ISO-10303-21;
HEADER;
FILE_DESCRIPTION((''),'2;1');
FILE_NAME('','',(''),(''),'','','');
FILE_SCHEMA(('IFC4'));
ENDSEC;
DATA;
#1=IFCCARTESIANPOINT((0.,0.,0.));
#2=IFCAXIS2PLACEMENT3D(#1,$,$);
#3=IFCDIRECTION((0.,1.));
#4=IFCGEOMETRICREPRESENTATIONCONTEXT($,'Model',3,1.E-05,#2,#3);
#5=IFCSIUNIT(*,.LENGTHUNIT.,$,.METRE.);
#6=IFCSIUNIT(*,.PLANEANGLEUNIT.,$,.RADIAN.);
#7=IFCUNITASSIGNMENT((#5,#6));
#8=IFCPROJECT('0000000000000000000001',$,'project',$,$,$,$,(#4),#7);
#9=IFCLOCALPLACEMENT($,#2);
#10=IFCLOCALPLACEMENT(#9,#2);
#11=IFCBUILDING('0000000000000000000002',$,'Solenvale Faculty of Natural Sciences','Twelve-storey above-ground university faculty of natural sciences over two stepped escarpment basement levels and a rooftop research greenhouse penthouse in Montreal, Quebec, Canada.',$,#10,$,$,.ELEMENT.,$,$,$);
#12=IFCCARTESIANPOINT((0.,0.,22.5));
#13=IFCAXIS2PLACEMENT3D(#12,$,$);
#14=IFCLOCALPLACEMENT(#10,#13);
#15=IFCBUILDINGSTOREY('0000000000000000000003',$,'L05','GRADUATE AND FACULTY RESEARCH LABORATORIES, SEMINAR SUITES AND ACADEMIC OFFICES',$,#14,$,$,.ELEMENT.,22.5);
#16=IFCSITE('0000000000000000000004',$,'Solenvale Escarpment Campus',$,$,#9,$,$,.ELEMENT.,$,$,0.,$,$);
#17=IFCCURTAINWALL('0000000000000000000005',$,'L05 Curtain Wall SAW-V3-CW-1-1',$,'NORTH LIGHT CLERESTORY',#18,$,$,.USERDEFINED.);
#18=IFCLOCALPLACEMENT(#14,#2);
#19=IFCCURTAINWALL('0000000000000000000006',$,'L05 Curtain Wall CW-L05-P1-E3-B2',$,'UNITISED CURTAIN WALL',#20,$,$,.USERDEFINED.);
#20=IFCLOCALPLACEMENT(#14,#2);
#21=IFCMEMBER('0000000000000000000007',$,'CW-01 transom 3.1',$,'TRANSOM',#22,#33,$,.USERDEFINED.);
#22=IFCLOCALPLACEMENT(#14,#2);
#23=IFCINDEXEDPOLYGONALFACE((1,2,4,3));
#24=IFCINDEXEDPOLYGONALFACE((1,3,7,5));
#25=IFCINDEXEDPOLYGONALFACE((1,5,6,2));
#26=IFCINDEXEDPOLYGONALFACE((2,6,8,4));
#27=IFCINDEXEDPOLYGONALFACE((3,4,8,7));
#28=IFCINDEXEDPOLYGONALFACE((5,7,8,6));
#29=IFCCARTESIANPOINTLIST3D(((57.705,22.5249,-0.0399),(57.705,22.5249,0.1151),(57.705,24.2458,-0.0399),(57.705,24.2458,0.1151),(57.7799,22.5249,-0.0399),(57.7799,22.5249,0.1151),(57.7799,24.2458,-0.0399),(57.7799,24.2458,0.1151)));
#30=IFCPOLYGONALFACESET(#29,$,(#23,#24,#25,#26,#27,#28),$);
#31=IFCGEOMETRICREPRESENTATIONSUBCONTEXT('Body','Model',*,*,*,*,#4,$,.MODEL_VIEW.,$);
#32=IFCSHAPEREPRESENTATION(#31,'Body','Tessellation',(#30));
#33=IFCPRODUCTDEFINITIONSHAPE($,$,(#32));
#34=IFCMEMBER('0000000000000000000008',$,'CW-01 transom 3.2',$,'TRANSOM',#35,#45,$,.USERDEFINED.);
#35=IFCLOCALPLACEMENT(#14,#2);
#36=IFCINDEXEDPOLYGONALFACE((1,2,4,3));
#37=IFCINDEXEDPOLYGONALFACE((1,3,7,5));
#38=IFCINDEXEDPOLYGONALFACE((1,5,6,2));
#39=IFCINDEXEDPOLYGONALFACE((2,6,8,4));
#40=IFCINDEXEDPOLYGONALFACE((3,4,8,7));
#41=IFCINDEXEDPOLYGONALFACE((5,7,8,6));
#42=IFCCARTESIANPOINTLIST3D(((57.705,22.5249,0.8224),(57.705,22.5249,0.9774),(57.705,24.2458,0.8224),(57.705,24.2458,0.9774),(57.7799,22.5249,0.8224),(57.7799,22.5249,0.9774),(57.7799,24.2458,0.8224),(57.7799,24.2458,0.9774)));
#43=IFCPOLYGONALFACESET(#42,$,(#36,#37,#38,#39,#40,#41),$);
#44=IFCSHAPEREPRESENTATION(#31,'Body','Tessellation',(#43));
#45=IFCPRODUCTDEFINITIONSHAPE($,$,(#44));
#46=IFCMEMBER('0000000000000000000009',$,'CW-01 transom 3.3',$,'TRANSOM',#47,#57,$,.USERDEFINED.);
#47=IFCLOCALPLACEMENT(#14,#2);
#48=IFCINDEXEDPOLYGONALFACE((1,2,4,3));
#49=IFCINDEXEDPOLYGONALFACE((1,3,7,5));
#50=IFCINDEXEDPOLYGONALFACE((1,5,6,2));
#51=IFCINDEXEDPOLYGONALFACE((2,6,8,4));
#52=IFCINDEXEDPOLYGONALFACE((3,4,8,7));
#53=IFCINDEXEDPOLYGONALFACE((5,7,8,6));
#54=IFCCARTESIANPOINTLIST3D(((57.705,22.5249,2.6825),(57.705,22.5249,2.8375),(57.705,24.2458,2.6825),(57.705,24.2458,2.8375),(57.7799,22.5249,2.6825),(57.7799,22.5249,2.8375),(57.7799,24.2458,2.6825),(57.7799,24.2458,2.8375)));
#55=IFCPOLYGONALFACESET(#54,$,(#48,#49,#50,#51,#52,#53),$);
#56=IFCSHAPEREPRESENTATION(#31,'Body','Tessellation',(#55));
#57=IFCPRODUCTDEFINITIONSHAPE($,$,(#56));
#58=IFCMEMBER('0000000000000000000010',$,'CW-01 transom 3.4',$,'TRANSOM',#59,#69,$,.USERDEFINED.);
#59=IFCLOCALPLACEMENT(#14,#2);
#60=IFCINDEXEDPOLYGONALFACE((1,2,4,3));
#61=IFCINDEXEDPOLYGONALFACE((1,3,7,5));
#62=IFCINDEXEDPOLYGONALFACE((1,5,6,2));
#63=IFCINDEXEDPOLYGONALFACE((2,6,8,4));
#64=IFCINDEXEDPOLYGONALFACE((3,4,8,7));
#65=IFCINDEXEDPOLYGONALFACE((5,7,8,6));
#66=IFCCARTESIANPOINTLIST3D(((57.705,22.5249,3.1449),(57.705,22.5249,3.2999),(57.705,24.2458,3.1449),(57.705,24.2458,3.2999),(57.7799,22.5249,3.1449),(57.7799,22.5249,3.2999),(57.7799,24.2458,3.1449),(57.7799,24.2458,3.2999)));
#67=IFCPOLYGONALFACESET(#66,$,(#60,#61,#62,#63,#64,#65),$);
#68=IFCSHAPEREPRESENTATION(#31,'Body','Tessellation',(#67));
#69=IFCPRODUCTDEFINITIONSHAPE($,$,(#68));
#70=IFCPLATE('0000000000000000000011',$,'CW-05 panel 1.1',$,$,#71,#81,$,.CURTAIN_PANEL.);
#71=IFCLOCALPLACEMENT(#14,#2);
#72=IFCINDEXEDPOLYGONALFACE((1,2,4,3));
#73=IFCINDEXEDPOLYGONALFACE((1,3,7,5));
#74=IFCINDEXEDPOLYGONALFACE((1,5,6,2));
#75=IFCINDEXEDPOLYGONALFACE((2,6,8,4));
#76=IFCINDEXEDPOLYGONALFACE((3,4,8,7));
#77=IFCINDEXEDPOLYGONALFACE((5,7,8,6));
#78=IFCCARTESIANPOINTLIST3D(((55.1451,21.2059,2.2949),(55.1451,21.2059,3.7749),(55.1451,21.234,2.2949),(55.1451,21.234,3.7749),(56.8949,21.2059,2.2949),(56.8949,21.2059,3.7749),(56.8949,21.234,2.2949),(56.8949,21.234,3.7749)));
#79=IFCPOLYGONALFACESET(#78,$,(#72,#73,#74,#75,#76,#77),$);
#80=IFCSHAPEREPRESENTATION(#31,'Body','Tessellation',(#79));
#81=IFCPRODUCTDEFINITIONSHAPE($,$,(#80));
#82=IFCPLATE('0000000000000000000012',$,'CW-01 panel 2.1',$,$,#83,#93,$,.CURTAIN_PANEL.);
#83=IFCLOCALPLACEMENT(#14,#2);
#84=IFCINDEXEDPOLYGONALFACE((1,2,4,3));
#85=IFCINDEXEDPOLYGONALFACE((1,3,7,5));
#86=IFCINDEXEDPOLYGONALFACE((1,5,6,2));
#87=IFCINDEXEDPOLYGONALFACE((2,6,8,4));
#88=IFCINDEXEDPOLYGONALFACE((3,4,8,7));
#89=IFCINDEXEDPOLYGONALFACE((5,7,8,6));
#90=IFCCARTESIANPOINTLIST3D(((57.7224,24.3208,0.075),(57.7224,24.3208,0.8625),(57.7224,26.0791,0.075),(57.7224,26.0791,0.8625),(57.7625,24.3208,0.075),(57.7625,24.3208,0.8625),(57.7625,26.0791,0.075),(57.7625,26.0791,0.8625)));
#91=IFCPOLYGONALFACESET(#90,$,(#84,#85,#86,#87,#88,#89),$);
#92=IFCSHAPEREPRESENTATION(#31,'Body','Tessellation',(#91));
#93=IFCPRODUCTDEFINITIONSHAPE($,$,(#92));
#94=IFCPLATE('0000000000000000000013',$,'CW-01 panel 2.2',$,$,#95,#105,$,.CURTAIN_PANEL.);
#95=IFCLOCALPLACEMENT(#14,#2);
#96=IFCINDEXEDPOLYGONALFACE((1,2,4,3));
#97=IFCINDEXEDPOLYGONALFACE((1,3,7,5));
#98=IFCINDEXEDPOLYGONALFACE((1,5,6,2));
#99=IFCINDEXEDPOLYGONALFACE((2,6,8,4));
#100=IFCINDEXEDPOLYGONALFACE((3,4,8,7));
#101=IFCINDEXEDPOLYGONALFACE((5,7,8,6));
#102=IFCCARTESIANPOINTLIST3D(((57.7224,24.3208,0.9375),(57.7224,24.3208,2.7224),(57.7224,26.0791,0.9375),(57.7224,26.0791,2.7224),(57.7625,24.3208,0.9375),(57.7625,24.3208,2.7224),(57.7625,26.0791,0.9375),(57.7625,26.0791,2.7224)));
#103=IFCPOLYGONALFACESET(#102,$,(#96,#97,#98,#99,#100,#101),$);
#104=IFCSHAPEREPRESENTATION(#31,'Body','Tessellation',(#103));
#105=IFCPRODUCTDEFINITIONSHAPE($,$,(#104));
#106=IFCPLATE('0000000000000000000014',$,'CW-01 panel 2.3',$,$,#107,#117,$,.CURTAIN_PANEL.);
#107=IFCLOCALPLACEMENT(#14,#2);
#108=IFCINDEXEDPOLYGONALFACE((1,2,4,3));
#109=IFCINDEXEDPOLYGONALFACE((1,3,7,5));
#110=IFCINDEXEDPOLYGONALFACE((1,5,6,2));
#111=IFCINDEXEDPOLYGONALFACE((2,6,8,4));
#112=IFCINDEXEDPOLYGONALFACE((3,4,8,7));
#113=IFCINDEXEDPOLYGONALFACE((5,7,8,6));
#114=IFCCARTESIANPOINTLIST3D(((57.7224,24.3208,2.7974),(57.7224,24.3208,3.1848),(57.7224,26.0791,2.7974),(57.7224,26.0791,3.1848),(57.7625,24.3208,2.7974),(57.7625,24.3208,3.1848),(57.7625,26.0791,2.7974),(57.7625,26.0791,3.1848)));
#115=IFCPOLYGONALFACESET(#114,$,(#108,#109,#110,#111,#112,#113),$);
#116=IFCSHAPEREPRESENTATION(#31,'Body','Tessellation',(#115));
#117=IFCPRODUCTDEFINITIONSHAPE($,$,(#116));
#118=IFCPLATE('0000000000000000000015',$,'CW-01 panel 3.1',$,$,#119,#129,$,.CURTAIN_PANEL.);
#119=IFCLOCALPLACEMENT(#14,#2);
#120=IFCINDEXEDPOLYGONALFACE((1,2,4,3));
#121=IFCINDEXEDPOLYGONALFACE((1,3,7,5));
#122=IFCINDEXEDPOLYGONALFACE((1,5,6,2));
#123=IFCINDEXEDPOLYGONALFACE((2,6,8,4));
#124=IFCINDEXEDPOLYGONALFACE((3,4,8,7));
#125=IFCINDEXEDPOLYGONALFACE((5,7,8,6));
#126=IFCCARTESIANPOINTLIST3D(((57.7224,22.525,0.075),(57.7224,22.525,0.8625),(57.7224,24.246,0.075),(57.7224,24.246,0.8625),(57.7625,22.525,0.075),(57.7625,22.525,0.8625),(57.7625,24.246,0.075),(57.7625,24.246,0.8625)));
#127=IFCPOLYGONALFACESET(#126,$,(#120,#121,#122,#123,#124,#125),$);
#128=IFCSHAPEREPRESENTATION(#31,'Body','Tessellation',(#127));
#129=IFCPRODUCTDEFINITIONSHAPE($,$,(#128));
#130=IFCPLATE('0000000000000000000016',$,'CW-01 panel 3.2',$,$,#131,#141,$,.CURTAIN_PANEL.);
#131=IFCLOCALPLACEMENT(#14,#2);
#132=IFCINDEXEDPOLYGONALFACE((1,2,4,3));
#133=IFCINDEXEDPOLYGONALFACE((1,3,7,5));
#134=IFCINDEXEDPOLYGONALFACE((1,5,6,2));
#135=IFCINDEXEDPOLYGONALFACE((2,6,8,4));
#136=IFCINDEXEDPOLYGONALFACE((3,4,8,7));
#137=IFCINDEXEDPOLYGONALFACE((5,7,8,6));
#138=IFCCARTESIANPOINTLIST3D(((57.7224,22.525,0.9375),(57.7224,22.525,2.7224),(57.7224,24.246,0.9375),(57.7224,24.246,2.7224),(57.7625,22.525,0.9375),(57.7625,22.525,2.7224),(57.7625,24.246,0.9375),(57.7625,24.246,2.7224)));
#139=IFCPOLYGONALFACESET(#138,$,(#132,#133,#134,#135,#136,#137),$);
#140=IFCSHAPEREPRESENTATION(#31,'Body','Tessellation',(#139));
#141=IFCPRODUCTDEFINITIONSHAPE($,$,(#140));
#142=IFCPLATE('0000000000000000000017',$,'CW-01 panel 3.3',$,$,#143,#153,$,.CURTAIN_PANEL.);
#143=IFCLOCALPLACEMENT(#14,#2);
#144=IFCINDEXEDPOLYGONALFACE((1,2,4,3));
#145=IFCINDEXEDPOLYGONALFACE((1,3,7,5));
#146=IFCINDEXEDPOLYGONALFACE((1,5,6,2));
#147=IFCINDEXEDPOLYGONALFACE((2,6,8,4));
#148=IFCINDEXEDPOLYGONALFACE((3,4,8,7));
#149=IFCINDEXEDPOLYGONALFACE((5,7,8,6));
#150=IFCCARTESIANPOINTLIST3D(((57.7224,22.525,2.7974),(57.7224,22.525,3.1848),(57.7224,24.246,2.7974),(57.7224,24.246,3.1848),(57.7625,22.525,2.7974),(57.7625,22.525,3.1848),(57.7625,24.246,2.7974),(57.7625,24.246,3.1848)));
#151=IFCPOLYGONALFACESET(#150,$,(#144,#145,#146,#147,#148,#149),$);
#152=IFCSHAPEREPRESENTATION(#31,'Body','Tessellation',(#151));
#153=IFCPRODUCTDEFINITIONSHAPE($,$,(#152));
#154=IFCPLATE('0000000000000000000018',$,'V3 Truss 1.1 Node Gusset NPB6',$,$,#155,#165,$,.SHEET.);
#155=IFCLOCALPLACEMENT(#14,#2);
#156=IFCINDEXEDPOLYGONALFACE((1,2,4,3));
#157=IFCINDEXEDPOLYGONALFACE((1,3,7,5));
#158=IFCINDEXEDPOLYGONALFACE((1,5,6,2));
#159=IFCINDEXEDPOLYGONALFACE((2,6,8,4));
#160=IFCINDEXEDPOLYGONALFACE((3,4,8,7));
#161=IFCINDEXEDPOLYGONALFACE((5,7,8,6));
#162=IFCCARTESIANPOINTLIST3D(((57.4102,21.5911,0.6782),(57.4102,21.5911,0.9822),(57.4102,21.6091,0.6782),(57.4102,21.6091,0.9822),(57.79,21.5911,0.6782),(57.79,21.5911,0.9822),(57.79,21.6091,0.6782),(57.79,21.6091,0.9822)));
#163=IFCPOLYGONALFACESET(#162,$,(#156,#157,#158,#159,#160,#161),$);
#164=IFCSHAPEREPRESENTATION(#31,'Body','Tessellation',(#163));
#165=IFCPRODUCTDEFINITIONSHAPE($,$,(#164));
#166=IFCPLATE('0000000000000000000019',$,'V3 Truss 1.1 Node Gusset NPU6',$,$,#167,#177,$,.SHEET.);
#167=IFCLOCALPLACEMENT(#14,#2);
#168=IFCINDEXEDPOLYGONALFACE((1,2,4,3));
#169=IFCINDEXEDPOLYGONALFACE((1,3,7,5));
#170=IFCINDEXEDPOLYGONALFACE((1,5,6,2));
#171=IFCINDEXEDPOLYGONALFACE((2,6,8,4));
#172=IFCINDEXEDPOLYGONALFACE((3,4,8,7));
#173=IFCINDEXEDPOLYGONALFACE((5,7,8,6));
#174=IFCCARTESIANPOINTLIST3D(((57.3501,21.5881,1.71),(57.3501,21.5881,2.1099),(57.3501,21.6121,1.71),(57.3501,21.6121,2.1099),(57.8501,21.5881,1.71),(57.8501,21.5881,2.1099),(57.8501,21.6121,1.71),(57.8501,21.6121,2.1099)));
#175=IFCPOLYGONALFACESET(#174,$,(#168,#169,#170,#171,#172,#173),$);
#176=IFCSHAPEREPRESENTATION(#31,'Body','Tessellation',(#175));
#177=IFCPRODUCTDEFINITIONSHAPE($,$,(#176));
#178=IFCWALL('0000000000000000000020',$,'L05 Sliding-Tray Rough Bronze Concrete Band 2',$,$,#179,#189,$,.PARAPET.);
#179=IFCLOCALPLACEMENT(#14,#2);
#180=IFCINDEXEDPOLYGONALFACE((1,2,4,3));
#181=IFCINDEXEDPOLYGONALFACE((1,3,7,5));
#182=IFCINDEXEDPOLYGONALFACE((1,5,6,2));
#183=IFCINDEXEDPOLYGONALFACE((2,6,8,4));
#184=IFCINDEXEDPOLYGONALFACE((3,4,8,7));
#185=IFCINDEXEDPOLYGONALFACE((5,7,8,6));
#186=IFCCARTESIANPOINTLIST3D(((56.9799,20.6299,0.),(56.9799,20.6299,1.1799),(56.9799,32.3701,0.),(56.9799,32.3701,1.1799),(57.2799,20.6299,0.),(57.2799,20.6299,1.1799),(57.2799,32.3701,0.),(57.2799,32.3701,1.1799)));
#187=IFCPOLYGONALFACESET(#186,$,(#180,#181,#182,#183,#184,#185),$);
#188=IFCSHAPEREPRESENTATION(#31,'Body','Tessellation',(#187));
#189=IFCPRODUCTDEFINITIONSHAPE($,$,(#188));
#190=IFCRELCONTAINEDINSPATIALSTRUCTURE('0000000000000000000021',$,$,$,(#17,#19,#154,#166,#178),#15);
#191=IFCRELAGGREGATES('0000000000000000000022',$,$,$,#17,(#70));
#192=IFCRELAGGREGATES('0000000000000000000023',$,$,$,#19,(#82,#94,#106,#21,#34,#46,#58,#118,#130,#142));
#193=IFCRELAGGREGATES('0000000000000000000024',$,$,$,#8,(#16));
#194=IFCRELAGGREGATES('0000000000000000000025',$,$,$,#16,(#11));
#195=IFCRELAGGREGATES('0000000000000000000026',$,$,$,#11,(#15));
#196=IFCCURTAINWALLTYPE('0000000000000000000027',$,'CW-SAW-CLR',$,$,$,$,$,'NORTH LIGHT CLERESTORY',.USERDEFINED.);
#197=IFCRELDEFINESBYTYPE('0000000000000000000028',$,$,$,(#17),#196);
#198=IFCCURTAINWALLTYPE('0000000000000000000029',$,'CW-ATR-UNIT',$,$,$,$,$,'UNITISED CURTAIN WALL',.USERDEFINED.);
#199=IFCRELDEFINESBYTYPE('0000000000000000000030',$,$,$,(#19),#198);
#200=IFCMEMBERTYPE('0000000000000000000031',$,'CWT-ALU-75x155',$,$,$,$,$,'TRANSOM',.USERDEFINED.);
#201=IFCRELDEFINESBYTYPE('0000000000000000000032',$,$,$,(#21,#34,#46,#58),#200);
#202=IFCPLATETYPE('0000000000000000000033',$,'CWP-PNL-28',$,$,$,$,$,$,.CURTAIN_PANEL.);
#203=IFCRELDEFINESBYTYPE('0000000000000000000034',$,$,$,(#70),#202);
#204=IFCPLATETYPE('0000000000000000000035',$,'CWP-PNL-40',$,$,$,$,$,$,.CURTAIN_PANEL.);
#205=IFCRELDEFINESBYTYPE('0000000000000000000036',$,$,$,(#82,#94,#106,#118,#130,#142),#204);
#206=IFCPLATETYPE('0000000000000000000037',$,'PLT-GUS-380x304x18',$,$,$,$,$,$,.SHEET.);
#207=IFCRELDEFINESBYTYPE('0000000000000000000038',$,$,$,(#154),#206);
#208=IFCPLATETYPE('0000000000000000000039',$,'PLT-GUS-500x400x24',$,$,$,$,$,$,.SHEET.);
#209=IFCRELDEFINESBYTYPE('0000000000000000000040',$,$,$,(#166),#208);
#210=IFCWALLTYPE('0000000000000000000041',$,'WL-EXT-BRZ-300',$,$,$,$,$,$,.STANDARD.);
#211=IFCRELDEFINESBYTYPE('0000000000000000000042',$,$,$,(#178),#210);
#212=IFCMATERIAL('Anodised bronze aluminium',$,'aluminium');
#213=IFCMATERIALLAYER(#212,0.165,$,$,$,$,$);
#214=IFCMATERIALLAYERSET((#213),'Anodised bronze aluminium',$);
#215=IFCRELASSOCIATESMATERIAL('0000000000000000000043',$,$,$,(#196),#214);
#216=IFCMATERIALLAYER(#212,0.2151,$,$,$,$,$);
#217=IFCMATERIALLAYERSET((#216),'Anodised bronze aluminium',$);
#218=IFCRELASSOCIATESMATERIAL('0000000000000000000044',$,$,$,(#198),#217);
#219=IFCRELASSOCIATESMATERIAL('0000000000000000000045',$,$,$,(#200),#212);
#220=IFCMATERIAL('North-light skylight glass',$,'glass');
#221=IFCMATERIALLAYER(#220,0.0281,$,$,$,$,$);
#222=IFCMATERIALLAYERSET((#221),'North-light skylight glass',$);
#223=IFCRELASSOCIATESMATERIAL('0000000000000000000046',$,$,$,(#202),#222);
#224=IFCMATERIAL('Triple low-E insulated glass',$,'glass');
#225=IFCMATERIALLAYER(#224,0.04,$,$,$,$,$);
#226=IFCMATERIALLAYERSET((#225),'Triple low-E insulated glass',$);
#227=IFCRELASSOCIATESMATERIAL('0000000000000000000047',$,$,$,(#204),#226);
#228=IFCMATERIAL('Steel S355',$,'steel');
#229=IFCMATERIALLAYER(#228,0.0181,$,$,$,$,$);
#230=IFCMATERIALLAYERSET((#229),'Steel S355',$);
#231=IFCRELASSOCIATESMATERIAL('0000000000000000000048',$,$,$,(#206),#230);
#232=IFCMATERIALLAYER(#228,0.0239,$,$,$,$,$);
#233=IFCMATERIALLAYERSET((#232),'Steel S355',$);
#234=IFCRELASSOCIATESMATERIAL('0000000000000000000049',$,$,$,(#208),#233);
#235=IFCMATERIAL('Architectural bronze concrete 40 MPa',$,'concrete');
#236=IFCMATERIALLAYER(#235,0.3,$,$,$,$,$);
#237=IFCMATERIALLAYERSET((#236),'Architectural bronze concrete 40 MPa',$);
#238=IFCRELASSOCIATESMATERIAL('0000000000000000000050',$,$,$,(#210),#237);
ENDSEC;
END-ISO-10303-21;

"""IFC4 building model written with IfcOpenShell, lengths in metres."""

from ifc_helpers import new_model, si_unit, direction, frame, frame_2d, origin, origin_2d, place, context, subcontext, project, spatial, rectangle, extrude, material, layer, layer_set, material_profile, profile_set, type_object, element, aggregate, save


model = new_model("IFC4")

# Units and contexts
model_context = context("Model", 3, precision=1e-05, world=origin(), true_north=direction((0.0, 1.0)))
body_context = subcontext(model_context, "Body", "Model", "MODEL_VIEW")
ifc_project = project(units=[si_unit("LENGTHUNIT", "METRE"), si_unit("PLANEANGLEUNIT", "RADIAN")], contexts=[model_context])

# Site, building, storey
site_placement = place(None, origin())
site = spatial("IfcSite", under=ifc_project, at=site_placement, Name="Solenvale Escarpment Campus", CompositionType="ELEMENT", RefElevation=0.0)
building_placement = place(site_placement, origin())
building = spatial("IfcBuilding", under=site, at=building_placement, Name="Solenvale Faculty of Natural Sciences", Description="Twelve-storey above-ground university faculty of natural sciences over two stepped escarpment basement levels and a rooftop research greenhouse penthouse in Montreal, Quebec, Canada.", CompositionType="ELEMENT")
storey_placement = place(building_placement, frame((0.0, 0.0, 22.5)))
storey = spatial("IfcBuildingStorey", under=building, at=storey_placement, Name="L05", Description="GRADUATE AND FACULTY RESEARCH LABORATORIES, SEMINAR SUITES AND ACADEMIC OFFICES", CompositionType="ELEMENT", Elevation=22.5)

# Shared definitions
ifc_material_1 = material(Name="Steel S355", Category="steel")

# Shared definitions
ifc_material_2 = material(Name="Architectural bronze concrete 40 MPa", Category="concrete")

# Curtain walls
ifc_material_3 = material(Name="Anodised bronze aluminium", Category="aluminium")
ifc_layer_1 = layer(ifc_material_3, 0.165)
ifc_layer_set_1 = layer_set([ifc_layer_1], Name="Anodised bronze aluminium")
curtain_wall_type_1 = type_object("IfcCurtainWallType", Name="CW-SAW-CLR", ElementType="NORTH LIGHT CLERESTORY", PredefinedType="USERDEFINED", material=ifc_layer_set_1)
curtain_wall_1_placement = place(storey_placement, origin())
curtain_wall_1 = element("IfcCurtainWall", 1, at=curtain_wall_1_placement, inside=storey, type_object=curtain_wall_type_1, Name="L05 Curtain Wall SAW-V3-CW-1-1", ObjectType="NORTH LIGHT CLERESTORY", PredefinedType="USERDEFINED")
ifc_layer_2 = layer(ifc_material_3, 0.2151)
ifc_layer_set_2 = layer_set([ifc_layer_2], Name="Anodised bronze aluminium")
curtain_wall_type_2 = type_object("IfcCurtainWallType", Name="CW-ATR-UNIT", ElementType="UNITISED CURTAIN WALL", PredefinedType="USERDEFINED", material=ifc_layer_set_2)
curtain_wall_2_placement = place(storey_placement, origin())
curtain_wall_2 = element("IfcCurtainWall", 2, at=curtain_wall_2_placement, inside=storey, type_object=curtain_wall_type_2, Name="L05 Curtain Wall CW-L05-P1-E3-B2", ObjectType="UNITISED CURTAIN WALL", PredefinedType="USERDEFINED")

# Members
ifc_material_profile_1 = material_profile(ifc_material_3, rectangle(XDim=0.075, YDim=0.155, at=origin_2d()), Name="ALU-TRN-75x155")
ifc_profile_set_1 = profile_set([ifc_material_profile_1], Name="Anodised bronze aluminium")
member_type_1 = type_object("IfcMemberType", Name="CWT-ALU-75x155", ElementType="TRANSOM", PredefinedType="USERDEFINED", material=ifc_profile_set_1)
member_1_placement = place(storey_placement, frame((57.7424, 24.2458, 0.0376), z_axis=(0.0, -1.0, 0.0), x_axis=(1.0, 0.0, 0.0)))
member_1 = element("IfcMember", 3, at=member_1_placement, type_object=member_type_1, Name="CW-01 transom 3.1", ObjectType="TRANSOM", PredefinedType="USERDEFINED", context=body_context, shape_type="SweptSolid", body=[
    extrude(rectangle(XDim=0.075, YDim=0.155, at=origin_2d()), origin(), (0.0, 0.0, 1.0), 1.7209),
])
member_2_placement = place(storey_placement, frame((57.7424, 24.2458, 0.8999), z_axis=(0.0, -1.0, 0.0), x_axis=(1.0, 0.0, 0.0)))
member_2 = element("IfcMember", 4, at=member_2_placement, type_object=member_type_1, Name="CW-01 transom 3.2", ObjectType="TRANSOM", PredefinedType="USERDEFINED", context=body_context, shape_type="SweptSolid", body=[
    extrude(rectangle(XDim=0.075, YDim=0.155, at=origin_2d()), origin(), (0.0, 0.0, 1.0), 1.7209),
])
member_3_placement = place(storey_placement, frame((57.7424, 24.2458, 2.76), z_axis=(0.0, -1.0, 0.0), x_axis=(1.0, 0.0, 0.0)))
member_3 = element("IfcMember", 5, at=member_3_placement, type_object=member_type_1, Name="CW-01 transom 3.3", ObjectType="TRANSOM", PredefinedType="USERDEFINED", context=body_context, shape_type="SweptSolid", body=[
    extrude(rectangle(XDim=0.075, YDim=0.155, at=origin_2d()), origin(), (0.0, 0.0, 1.0), 1.7209),
])
member_4_placement = place(storey_placement, frame((57.7424, 24.2458, 3.2224), z_axis=(0.0, -1.0, 0.0), x_axis=(1.0, 0.0, 0.0)))
member_4 = element("IfcMember", 6, at=member_4_placement, type_object=member_type_1, Name="CW-01 transom 3.4", ObjectType="TRANSOM", PredefinedType="USERDEFINED", context=body_context, shape_type="SweptSolid", body=[
    extrude(rectangle(XDim=0.075, YDim=0.155, at=origin_2d()), origin(), (0.0, 0.0, 1.0), 1.7209),
])

# Plates
ifc_material_4 = material(Name="North-light skylight glass", Category="glass")
ifc_layer_3 = layer(ifc_material_4, 0.0281)
ifc_layer_set_3 = layer_set([ifc_layer_3], Name="North-light skylight glass")
plate_type_1 = type_object("IfcPlateType", Name="CWP-PNL-28", PredefinedType="CURTAIN_PANEL", material=ifc_layer_set_3)
plate_1_placement = place(storey_placement, frame((56.02, 21.22, 2.2949), z_axis=(0.0, 0.0, 1.0), x_axis=(-1.0, 0.0, 0.0)))
plate_1 = element("IfcPlate", 7, at=plate_1_placement, type_object=plate_type_1, Name="CW-05 panel 1.1", PredefinedType="CURTAIN_PANEL", context=body_context, shape_type="SweptSolid", body=[
    extrude(rectangle(XDim=1.7498, YDim=0.0281, at=origin_2d()), origin(), (0.0, 0.0, 1.0), 1.48),
])
aggregate(curtain_wall_1, [plate_1])
ifc_material_5 = material(Name="Triple low-E insulated glass", Category="glass")
ifc_layer_4 = layer(ifc_material_5, 0.04)
ifc_layer_set_4 = layer_set([ifc_layer_4], Name="Triple low-E insulated glass")
plate_type_2 = type_object("IfcPlateType", Name="CWP-PNL-40", PredefinedType="CURTAIN_PANEL", material=ifc_layer_set_4)
plate_2_placement = place(storey_placement, frame((57.7424, 25.2, 0.075), z_axis=(0.0, 0.0, 1.0), x_axis=(0.0, -1.0, 0.0)))
plate_2 = element("IfcPlate", 8, at=plate_2_placement, type_object=plate_type_2, Name="CW-01 panel 2.1", PredefinedType="CURTAIN_PANEL", context=body_context, shape_type="SweptSolid", body=[
    extrude(rectangle(XDim=1.7583, YDim=0.04, at=origin_2d()), origin(), (0.0, 0.0, 1.0), 0.7876),
])
plate_3_placement = place(storey_placement, frame((57.7424, 25.2, 0.9375), z_axis=(0.0, 0.0, 1.0), x_axis=(0.0, -1.0, 0.0)))
plate_3 = element("IfcPlate", 9, at=plate_3_placement, type_object=plate_type_2, Name="CW-01 panel 2.2", PredefinedType="CURTAIN_PANEL", context=body_context, shape_type="SweptSolid", body=[
    extrude(rectangle(XDim=1.7583, YDim=0.04, at=origin_2d()), origin(), (0.0, 0.0, 1.0), 1.7849),
])
plate_4_placement = place(storey_placement, frame((57.7424, 25.2, 2.7974), z_axis=(0.0, 0.0, 1.0), x_axis=(0.0, -1.0, 0.0)))
plate_4 = element("IfcPlate", 10, at=plate_4_placement, type_object=plate_type_2, Name="CW-01 panel 2.3", PredefinedType="CURTAIN_PANEL", context=body_context, shape_type="SweptSolid", body=[
    extrude(rectangle(XDim=1.7583, YDim=0.04, at=origin_2d()), origin(), (0.0, 0.0, 1.0), 0.3875),
])
plate_5_placement = place(storey_placement, frame((57.7424, 23.3855, 0.075), z_axis=(0.0, 0.0, 1.0), x_axis=(0.0, -1.0, 0.0)))
plate_5 = element("IfcPlate", 11, at=plate_5_placement, type_object=plate_type_2, Name="CW-01 panel 3.1", PredefinedType="CURTAIN_PANEL", context=body_context, shape_type="SweptSolid", body=[
    extrude(rectangle(XDim=1.7209, YDim=0.04, at=origin_2d()), origin(), (0.0, 0.0, 1.0), 0.7876),
])
plate_6_placement = place(storey_placement, frame((57.7424, 23.3855, 0.9375), z_axis=(0.0, 0.0, 1.0), x_axis=(0.0, -1.0, 0.0)))
plate_6 = element("IfcPlate", 12, at=plate_6_placement, type_object=plate_type_2, Name="CW-01 panel 3.2", PredefinedType="CURTAIN_PANEL", context=body_context, shape_type="SweptSolid", body=[
    extrude(rectangle(XDim=1.7209, YDim=0.04, at=origin_2d()), origin(), (0.0, 0.0, 1.0), 1.7849),
])
plate_7_placement = place(storey_placement, frame((57.7424, 23.3855, 2.7974), z_axis=(0.0, 0.0, 1.0), x_axis=(0.0, -1.0, 0.0)))
plate_7 = element("IfcPlate", 13, at=plate_7_placement, type_object=plate_type_2, Name="CW-01 panel 3.3", PredefinedType="CURTAIN_PANEL", context=body_context, shape_type="SweptSolid", body=[
    extrude(rectangle(XDim=1.7209, YDim=0.04, at=origin_2d()), origin(), (0.0, 0.0, 1.0), 0.3875),
])
aggregate(curtain_wall_2, [plate_2, plate_3, plate_4, member_1, member_2, member_3, member_4, plate_5, plate_6, plate_7])

# Plates
ifc_layer_5 = layer(ifc_material_1, 0.0181)
ifc_layer_set_5 = layer_set([ifc_layer_5], Name="Steel S355")
plate_type_3 = type_object("IfcPlateType", Name="PLT-GUS-380x304x18", PredefinedType="SHEET", material=ifc_layer_set_5)
plate_8_placement = place(storey_placement, frame((57.6001, 21.6001, 0.6782), z_axis=(0.0, 0.0, 1.0), x_axis=(1.0, 0.0, 0.0)))
element("IfcPlate", 14, at=plate_8_placement, inside=storey, type_object=plate_type_3, Name="V3 Truss 1.1 Node Gusset NPB6", PredefinedType="SHEET", context=body_context, shape_type="SweptSolid", body=[
    extrude(rectangle(XDim=0.3799, YDim=0.0181, at=origin_2d()), origin(), (0.0, 0.0, 1.0), 0.304),
])
ifc_layer_6 = layer(ifc_material_1, 0.0239)
ifc_layer_set_6 = layer_set([ifc_layer_6], Name="Steel S355")
plate_type_4 = type_object("IfcPlateType", Name="PLT-GUS-500x400x24", PredefinedType="SHEET", material=ifc_layer_set_6)
plate_9_placement = place(storey_placement, frame((57.6001, 21.6001, 1.71), z_axis=(0.0, 0.0, 1.0), x_axis=(1.0, 0.0, 0.0)))
element("IfcPlate", 15, at=plate_9_placement, inside=storey, type_object=plate_type_4, Name="V3 Truss 1.1 Node Gusset NPU6", PredefinedType="SHEET", context=body_context, shape_type="SweptSolid", body=[
    extrude(rectangle(XDim=0.5, YDim=0.0239, at=origin_2d()), origin(), (0.0, 0.0, 1.0), 0.3999),
])

# Wall
ifc_layer_7 = layer(ifc_material_2, 0.3)
ifc_layer_set_7 = layer_set([ifc_layer_7], Name="Architectural bronze concrete 40 MPa")
wall_type_1 = type_object("IfcWallType", Name="WL-EXT-BRZ-300", PredefinedType="STANDARD", material=ifc_layer_set_7)
wall_1_placement = place(storey_placement, frame((57.1299, 20.6299, 0.0), z_axis=(0.0, 0.0, 1.0), x_axis=(0.0, 1.0, 0.0)))
element("IfcWall", 16, at=wall_1_placement, inside=storey, type_object=wall_type_1, Name="L05 Sliding-Tray Rough Bronze Concrete Band 2", PredefinedType="PARAPET", context=body_context, shape_type="SweptSolid", body=[
    extrude(rectangle(XDim=11.7402, YDim=0.3, at=frame_2d((5.8701, 0.0))), origin(), (0.0, 0.0, 1.0), 1.1799),
])

save(model, "model.ifc")
